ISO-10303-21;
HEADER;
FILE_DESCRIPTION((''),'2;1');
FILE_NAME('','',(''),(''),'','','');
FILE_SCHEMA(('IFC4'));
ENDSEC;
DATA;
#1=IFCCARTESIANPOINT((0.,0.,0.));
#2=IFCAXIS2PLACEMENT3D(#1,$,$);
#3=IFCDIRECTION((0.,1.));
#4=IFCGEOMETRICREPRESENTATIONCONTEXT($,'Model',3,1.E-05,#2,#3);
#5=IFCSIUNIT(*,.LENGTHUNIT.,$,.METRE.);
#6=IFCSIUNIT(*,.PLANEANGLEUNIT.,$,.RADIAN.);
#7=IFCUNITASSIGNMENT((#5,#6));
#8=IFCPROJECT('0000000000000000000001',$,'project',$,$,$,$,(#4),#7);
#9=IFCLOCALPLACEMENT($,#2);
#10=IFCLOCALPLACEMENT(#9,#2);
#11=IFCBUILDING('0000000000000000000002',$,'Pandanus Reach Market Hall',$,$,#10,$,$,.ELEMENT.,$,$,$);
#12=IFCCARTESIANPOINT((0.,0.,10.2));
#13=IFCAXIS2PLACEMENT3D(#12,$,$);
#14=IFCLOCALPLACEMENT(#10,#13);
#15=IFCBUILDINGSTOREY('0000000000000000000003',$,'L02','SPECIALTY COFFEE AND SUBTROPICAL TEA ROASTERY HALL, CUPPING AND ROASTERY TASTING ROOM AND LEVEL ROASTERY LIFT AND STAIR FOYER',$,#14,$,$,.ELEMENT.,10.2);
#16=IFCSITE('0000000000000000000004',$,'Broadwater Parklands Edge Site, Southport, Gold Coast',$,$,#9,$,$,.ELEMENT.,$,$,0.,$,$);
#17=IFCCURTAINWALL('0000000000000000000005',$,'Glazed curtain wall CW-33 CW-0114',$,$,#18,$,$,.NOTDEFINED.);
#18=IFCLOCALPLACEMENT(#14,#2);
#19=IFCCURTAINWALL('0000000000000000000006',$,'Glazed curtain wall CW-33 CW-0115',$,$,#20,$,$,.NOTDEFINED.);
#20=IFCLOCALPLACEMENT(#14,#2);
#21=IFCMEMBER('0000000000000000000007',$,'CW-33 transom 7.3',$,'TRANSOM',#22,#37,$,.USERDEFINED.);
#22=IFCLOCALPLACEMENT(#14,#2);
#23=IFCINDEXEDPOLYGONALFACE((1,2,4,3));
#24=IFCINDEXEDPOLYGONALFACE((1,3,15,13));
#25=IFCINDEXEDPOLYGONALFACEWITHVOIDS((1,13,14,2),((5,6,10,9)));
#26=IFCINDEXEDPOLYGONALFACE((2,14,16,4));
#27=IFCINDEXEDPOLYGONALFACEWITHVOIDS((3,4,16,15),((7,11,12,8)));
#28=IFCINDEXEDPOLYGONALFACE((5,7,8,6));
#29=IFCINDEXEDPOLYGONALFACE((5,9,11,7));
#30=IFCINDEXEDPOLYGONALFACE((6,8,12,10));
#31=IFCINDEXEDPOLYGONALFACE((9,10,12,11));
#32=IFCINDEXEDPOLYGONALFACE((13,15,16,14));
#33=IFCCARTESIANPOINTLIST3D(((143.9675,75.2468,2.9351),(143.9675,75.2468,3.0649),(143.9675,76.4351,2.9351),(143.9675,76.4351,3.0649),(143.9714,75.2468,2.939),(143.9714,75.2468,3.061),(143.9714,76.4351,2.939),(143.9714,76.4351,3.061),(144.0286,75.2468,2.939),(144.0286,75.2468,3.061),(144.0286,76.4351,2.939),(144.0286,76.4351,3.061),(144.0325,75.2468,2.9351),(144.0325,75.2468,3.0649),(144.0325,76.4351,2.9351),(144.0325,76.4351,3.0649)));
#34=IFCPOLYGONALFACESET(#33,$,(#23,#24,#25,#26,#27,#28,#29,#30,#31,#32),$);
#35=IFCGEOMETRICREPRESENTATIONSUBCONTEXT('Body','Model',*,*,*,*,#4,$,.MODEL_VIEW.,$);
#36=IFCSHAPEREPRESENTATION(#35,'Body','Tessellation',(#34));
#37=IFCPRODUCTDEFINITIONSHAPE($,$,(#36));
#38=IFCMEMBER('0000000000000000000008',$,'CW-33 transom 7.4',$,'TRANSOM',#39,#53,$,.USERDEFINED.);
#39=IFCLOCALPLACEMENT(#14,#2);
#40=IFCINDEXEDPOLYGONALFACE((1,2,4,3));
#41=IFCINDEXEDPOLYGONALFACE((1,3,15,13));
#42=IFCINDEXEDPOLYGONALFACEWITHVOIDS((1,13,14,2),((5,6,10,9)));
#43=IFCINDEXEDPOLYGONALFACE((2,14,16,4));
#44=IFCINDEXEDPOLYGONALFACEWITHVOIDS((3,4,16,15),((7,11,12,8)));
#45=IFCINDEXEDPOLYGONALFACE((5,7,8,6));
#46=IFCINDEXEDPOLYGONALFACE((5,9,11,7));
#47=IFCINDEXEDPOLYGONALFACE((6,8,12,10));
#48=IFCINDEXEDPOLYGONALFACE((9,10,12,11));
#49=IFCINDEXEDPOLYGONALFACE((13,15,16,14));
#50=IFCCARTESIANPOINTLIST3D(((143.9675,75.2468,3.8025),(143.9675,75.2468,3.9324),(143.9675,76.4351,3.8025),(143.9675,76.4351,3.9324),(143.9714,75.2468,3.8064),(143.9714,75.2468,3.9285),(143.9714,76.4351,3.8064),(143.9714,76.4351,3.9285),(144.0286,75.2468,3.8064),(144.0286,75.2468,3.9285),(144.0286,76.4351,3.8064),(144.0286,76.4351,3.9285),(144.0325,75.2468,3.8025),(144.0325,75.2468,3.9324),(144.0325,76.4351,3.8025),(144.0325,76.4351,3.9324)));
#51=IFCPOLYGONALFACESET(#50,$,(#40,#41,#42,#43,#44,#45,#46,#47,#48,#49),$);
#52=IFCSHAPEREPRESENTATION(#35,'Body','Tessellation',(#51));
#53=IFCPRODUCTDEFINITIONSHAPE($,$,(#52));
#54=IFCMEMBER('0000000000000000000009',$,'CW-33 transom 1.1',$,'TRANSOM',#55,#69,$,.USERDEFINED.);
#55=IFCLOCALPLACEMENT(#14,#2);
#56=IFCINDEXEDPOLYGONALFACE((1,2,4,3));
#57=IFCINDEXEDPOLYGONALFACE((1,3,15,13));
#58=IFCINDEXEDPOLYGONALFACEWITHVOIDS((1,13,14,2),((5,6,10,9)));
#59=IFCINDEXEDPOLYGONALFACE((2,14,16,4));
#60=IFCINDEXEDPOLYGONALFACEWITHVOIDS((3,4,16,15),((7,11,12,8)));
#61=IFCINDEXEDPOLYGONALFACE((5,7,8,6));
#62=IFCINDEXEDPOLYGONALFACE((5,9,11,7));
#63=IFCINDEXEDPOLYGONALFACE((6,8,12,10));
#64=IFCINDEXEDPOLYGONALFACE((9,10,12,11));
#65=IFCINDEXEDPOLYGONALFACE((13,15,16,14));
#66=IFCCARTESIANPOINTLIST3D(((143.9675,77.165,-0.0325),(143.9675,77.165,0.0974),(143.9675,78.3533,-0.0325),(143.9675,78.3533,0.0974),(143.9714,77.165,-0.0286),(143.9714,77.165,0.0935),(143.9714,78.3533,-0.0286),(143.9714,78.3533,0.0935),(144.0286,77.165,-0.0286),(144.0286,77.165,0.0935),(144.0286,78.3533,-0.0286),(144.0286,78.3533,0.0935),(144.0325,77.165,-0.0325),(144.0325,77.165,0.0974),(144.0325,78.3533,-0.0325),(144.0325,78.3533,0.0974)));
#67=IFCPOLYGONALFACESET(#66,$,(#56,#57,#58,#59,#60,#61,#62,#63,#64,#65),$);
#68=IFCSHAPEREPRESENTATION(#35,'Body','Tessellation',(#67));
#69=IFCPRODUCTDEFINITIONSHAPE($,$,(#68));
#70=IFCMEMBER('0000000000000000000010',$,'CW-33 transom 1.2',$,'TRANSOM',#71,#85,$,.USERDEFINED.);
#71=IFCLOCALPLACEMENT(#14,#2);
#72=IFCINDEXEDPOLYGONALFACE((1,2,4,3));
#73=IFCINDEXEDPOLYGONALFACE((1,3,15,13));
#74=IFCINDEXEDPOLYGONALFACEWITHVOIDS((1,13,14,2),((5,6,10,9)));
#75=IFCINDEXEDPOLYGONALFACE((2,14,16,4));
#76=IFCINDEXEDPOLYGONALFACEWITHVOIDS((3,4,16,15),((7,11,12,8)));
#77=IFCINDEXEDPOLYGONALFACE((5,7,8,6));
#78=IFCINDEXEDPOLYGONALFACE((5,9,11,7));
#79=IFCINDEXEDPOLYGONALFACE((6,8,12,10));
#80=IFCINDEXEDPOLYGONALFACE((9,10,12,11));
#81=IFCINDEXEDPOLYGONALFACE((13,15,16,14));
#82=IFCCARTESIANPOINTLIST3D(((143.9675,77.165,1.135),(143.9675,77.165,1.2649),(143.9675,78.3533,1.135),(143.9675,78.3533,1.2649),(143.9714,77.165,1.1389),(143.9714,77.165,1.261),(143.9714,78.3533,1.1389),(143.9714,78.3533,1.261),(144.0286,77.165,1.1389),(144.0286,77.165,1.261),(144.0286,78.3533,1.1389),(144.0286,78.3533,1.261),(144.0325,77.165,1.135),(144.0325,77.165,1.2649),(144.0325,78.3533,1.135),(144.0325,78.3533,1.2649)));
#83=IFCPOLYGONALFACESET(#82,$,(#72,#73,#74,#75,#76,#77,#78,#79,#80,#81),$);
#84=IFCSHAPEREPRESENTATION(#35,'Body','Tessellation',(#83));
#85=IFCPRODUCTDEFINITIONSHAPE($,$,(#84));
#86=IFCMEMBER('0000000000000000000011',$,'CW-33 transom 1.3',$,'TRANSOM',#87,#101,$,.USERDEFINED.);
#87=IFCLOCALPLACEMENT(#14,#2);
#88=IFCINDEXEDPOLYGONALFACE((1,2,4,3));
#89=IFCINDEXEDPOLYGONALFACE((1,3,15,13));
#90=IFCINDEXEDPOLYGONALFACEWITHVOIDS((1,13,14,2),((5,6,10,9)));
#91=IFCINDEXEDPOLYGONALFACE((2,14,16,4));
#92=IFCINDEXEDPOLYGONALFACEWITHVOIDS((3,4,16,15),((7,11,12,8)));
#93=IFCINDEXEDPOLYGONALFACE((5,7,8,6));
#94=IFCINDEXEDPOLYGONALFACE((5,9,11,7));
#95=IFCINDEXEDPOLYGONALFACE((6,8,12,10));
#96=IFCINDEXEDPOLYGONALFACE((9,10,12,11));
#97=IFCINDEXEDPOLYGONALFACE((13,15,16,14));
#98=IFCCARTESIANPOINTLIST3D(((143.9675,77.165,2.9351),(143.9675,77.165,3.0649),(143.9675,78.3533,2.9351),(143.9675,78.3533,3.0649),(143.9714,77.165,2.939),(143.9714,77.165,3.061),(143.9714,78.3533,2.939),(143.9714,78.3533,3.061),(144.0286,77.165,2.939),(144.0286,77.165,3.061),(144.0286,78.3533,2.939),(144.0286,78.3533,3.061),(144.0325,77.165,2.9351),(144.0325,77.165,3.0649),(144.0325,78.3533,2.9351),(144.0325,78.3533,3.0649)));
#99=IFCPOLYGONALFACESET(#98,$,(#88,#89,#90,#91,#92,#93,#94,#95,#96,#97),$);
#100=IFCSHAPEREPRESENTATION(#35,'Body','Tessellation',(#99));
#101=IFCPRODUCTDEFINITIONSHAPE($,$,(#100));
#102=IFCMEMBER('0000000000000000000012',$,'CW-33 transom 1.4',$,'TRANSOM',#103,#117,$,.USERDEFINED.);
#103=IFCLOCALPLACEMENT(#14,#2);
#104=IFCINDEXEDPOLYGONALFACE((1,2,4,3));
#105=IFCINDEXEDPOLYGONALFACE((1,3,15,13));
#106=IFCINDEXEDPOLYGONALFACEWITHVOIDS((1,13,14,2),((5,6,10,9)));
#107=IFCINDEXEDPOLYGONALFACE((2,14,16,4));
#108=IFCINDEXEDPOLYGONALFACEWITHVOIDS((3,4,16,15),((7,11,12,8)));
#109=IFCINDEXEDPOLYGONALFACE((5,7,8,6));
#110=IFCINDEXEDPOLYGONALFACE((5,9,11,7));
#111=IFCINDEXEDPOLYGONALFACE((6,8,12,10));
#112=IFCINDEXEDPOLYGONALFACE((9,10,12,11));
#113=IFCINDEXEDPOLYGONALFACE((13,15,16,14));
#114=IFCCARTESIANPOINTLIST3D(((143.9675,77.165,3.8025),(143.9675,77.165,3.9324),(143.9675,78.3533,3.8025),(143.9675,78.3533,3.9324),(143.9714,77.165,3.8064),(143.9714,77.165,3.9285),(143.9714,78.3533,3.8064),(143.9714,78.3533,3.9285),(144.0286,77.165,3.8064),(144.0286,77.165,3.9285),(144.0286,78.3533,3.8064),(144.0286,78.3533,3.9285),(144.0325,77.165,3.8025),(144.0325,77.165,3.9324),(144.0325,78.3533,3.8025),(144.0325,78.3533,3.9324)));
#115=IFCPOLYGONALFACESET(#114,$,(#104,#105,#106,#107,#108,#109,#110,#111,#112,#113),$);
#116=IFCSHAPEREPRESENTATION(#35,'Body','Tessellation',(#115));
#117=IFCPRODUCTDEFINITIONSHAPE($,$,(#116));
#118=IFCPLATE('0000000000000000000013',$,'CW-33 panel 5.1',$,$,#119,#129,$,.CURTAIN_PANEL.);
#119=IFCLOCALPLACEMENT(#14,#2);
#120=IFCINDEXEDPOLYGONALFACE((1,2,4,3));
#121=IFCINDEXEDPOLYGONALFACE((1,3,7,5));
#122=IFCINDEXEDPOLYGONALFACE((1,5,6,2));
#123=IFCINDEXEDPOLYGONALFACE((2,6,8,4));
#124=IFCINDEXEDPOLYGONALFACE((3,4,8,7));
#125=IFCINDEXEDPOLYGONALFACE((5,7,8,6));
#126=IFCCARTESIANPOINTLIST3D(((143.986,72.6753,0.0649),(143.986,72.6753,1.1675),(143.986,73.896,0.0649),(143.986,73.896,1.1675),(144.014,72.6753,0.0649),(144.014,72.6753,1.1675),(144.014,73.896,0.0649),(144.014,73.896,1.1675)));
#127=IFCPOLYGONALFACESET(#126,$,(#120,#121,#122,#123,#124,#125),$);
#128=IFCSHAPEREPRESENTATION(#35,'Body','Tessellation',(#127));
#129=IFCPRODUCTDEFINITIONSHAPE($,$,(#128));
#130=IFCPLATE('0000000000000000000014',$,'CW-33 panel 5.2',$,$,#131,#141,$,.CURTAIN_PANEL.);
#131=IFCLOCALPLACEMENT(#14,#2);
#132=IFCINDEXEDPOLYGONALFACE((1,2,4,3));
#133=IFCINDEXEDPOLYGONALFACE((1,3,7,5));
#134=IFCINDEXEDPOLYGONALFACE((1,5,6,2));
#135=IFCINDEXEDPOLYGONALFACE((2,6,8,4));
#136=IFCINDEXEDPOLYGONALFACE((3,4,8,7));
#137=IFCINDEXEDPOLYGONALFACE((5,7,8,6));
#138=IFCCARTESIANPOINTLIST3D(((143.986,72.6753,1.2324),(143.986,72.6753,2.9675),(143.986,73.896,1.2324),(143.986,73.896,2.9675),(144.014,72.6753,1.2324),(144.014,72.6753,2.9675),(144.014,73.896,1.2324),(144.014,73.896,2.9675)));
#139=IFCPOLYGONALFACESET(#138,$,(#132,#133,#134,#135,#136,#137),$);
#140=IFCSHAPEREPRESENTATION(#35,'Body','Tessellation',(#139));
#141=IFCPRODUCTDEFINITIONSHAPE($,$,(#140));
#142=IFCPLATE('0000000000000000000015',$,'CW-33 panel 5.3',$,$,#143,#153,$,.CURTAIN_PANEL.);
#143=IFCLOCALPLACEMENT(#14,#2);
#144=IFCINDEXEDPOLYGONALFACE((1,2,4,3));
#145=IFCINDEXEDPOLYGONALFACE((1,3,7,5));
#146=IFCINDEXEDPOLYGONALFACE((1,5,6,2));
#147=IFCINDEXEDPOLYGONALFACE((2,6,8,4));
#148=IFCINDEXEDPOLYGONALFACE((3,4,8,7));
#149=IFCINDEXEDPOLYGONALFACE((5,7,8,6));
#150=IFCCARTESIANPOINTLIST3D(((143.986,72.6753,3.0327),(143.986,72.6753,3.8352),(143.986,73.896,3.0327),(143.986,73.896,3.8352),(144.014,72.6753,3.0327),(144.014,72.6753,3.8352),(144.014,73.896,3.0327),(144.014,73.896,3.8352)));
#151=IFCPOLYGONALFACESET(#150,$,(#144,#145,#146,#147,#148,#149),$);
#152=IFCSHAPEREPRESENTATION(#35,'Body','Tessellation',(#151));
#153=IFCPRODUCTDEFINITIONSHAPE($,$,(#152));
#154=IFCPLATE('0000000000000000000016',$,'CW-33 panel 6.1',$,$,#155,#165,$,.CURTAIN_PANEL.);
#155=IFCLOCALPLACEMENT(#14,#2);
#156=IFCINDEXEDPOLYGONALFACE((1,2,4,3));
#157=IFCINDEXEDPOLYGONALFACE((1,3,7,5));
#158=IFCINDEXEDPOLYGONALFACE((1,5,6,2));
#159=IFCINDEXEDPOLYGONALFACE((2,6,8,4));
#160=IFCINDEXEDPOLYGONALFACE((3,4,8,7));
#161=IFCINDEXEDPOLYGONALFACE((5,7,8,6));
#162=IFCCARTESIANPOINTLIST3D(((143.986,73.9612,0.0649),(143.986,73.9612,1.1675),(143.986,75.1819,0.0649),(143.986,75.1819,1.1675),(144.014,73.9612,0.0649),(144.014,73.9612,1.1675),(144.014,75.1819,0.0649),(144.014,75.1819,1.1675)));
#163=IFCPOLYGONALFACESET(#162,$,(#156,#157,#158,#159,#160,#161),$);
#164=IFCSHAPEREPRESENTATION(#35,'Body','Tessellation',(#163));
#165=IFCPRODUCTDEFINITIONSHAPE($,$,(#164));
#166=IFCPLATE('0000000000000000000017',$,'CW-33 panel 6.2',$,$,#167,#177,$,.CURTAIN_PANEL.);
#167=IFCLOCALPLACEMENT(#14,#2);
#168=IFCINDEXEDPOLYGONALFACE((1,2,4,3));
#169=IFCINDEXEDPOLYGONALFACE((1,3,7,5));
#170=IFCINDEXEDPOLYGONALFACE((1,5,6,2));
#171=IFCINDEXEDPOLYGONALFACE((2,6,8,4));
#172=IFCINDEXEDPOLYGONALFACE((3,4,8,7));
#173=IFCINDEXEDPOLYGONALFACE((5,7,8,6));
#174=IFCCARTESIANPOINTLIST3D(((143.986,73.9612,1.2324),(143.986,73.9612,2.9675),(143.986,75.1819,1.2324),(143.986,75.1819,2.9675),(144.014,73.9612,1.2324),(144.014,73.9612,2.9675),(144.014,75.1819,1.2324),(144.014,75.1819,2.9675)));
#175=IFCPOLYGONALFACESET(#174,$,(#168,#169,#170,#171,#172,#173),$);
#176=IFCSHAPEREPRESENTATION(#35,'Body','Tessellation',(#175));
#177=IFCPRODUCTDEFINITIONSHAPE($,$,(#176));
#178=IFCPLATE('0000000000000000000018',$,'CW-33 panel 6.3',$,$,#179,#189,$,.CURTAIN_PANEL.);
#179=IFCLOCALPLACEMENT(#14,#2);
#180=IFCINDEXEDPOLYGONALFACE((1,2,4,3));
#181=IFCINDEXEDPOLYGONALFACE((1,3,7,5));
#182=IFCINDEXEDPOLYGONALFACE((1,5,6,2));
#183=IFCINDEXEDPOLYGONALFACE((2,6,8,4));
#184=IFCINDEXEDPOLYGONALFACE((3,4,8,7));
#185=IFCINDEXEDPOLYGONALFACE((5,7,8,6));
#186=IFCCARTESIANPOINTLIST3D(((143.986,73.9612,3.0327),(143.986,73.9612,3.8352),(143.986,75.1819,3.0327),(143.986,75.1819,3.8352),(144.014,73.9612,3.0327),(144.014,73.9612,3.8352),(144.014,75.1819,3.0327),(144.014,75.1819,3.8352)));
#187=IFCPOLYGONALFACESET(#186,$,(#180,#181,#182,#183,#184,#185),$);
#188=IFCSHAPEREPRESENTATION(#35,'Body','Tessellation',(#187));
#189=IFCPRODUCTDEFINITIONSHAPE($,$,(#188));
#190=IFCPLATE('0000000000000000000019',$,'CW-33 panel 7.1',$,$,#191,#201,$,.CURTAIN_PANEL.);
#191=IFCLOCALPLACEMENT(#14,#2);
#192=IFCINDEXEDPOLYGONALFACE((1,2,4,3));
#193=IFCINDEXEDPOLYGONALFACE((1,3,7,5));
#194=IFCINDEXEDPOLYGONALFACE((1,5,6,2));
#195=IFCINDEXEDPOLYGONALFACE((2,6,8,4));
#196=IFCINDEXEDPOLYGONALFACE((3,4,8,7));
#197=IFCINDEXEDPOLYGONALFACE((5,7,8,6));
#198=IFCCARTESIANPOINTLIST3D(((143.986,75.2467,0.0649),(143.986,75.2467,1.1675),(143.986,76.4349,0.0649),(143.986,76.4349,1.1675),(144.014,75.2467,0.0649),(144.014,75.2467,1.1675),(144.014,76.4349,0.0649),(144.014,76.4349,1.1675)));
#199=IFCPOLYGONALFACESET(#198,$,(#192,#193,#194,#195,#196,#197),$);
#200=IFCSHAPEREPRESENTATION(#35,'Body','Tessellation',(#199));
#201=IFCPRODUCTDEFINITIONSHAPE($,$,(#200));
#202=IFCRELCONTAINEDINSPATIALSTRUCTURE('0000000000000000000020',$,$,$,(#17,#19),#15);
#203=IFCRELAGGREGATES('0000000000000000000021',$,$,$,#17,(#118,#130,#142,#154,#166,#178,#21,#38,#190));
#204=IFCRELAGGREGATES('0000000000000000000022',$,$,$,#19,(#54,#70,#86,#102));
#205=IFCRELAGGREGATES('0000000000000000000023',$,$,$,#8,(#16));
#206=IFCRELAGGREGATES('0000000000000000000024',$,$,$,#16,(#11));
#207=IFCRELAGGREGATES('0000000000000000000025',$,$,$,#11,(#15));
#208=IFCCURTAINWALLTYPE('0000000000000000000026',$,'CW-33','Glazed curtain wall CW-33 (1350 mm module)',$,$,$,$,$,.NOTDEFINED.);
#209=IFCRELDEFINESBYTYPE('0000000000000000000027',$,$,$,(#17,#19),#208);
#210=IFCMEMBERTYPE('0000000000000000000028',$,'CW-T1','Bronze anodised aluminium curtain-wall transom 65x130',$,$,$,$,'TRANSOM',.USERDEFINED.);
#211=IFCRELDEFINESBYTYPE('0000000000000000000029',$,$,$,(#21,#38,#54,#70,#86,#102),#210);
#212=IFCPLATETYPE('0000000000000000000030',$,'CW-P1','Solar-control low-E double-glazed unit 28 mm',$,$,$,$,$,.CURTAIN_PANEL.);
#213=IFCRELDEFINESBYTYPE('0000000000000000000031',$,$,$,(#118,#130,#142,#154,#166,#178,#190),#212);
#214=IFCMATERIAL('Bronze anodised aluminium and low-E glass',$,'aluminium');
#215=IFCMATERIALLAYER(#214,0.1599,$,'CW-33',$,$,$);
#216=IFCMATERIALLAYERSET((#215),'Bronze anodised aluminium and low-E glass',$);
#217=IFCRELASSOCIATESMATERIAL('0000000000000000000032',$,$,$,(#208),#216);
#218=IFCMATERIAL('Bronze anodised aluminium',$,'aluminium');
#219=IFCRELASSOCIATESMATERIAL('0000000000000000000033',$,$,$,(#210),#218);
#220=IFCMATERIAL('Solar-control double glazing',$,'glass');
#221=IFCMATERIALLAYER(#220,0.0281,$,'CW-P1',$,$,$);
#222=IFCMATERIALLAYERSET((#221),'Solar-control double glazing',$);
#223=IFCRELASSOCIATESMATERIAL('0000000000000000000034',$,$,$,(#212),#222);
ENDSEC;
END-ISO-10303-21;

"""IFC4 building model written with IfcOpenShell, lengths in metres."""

from ifc_helpers import new_model, si_unit, direction, frame, origin, origin_2d, place, context, subcontext, project, spatial, rectangle, hollow_rectangle, extrude, material, layer, layer_set, material_profile, profile_set, type_object, element, aggregate, save


model = new_model("IFC4")

# Units and contexts
model_context = context("Model", 3, precision=1e-05, world=origin(), true_north=direction((0.0, 1.0)))
body_context = subcontext(model_context, "Body", "Model", "MODEL_VIEW")
ifc_project = project(units=[si_unit("LENGTHUNIT", "METRE"), si_unit("PLANEANGLEUNIT", "RADIAN")], contexts=[model_context])

# Site, building, storey
site_placement = place(None, origin())
site = spatial("IfcSite", under=ifc_project, at=site_placement, Name="Broadwater Parklands Edge Site, Southport, Gold Coast", CompositionType="ELEMENT", RefElevation=0.0)
building_placement = place(site_placement, origin())
building = spatial("IfcBuilding", under=site, at=building_placement, Name="Pandanus Reach Market Hall", CompositionType="ELEMENT")
storey_placement = place(building_placement, frame((0.0, 0.0, 10.2)))
storey = spatial("IfcBuildingStorey", under=building, at=storey_placement, Name="L02", Description="SPECIALTY COFFEE AND SUBTROPICAL TEA ROASTERY HALL, CUPPING AND ROASTERY TASTING ROOM AND LEVEL ROASTERY LIFT AND STAIR FOYER", CompositionType="ELEMENT", Elevation=10.2)

# Curtain wall
ifc_material_1 = material(Name="Bronze anodised aluminium and low-E glass", Category="aluminium")
ifc_layer_1 = layer(ifc_material_1, 0.1599, Name="CW-33")
ifc_layer_set_1 = layer_set([ifc_layer_1], Name="Bronze anodised aluminium and low-E glass")
curtain_wall_type = type_object("IfcCurtainWallType", Name="CW-33", Description="Glazed curtain wall CW-33 (1350 mm module)", PredefinedType="NOTDEFINED", material=ifc_layer_set_1)
curtain_wall_1_placement = place(storey_placement, origin())
curtain_wall_1 = element("IfcCurtainWall", 1, at=curtain_wall_1_placement, inside=storey, type_object=curtain_wall_type, Name="Glazed curtain wall CW-33 CW-0114", PredefinedType="NOTDEFINED")
ifc_material_2 = material(Name="Bronze anodised aluminium", Category="aluminium")

# Curtain wall
curtain_wall_2_placement = place(storey_placement, origin())
curtain_wall_2 = element("IfcCurtainWall", 2, at=curtain_wall_2_placement, inside=storey, type_object=curtain_wall_type, Name="Glazed curtain wall CW-33 CW-0115", PredefinedType="NOTDEFINED")

# Members
ifc_material_profile_1 = material_profile(ifc_material_2, hollow_rectangle(XDim=0.0649, YDim=0.1299, WallThickness=0.0039, at=origin_2d()), Name="ALU65x130", Category="LoadBearing")
ifc_profile_set_1 = profile_set([ifc_material_profile_1], Name="Bronze anodised aluminium")
member_type_1 = type_object("IfcMemberType", Name="CW-T1", Description="Bronze anodised aluminium curtain-wall transom 65x130", ElementType="TRANSOM", PredefinedType="USERDEFINED", material=ifc_profile_set_1)
member_1_placement = place(storey_placement, frame((144.0, 75.2468, 3.0), z_axis=(0.0, 1.0, 0.0), x_axis=(-1.0, 0.0, 0.0)))
member_1 = element("IfcMember", 3, at=member_1_placement, type_object=member_type_1, Name="CW-33 transom 7.3", ObjectType="TRANSOM", PredefinedType="USERDEFINED", context=body_context, shape_type="SweptSolid", body=[
    extrude(hollow_rectangle(XDim=0.0649, YDim=0.1299, WallThickness=0.0039, at=origin_2d()), origin(), (0.0, 0.0, 1.0), 1.1882),
])
member_2_placement = place(storey_placement, frame((144.0, 75.2468, 3.8674), z_axis=(0.0, 1.0, 0.0), x_axis=(-1.0, 0.0, 0.0)))
member_2 = element("IfcMember", 4, at=member_2_placement, type_object=member_type_1, Name="CW-33 transom 7.4", ObjectType="TRANSOM", PredefinedType="USERDEFINED", context=body_context, shape_type="SweptSolid", body=[
    extrude(hollow_rectangle(XDim=0.0649, YDim=0.1299, WallThickness=0.0039, at=origin_2d()), origin(), (0.0, 0.0, 1.0), 1.1882),
])
member_3_placement = place(storey_placement, frame((144.0, 77.165, 0.0325), z_axis=(0.0, 1.0, 0.0), x_axis=(-1.0, 0.0, 0.0)))
member_3 = element("IfcMember", 5, at=member_3_placement, type_object=member_type_1, Name="CW-33 transom 1.1", ObjectType="TRANSOM", PredefinedType="USERDEFINED", context=body_context, shape_type="SweptSolid", body=[
    extrude(hollow_rectangle(XDim=0.0649, YDim=0.1299, WallThickness=0.0039, at=origin_2d()), origin(), (0.0, 0.0, 1.0), 1.1882),
])
member_4_placement = place(storey_placement, frame((144.0, 77.165, 1.2), z_axis=(0.0, 1.0, 0.0), x_axis=(-1.0, 0.0, 0.0)))
member_4 = element("IfcMember", 6, at=member_4_placement, type_object=member_type_1, Name="CW-33 transom 1.2", ObjectType="TRANSOM", PredefinedType="USERDEFINED", context=body_context, shape_type="SweptSolid", body=[
    extrude(hollow_rectangle(XDim=0.0649, YDim=0.1299, WallThickness=0.0039, at=origin_2d()), origin(), (0.0, 0.0, 1.0), 1.1882),
])
member_5_placement = place(storey_placement, frame((144.0, 77.165, 3.0), z_axis=(0.0, 1.0, 0.0), x_axis=(-1.0, 0.0, 0.0)))
member_5 = element("IfcMember", 7, at=member_5_placement, type_object=member_type_1, Name="CW-33 transom 1.3", ObjectType="TRANSOM", PredefinedType="USERDEFINED", context=body_context, shape_type="SweptSolid", body=[
    extrude(hollow_rectangle(XDim=0.0649, YDim=0.1299, WallThickness=0.0039, at=origin_2d()), origin(), (0.0, 0.0, 1.0), 1.1882),
])
member_6_placement = place(storey_placement, frame((144.0, 77.165, 3.8674), z_axis=(0.0, 1.0, 0.0), x_axis=(-1.0, 0.0, 0.0)))
member_6 = element("IfcMember", 8, at=member_6_placement, type_object=member_type_1, Name="CW-33 transom 1.4", ObjectType="TRANSOM", PredefinedType="USERDEFINED", context=body_context, shape_type="SweptSolid", body=[
    extrude(hollow_rectangle(XDim=0.0649, YDim=0.1299, WallThickness=0.0039, at=origin_2d()), origin(), (0.0, 0.0, 1.0), 1.1882),
])

# Plates
ifc_material_3 = material(Name="Solar-control double glazing", Category="glass")
ifc_layer_2 = layer(ifc_material_3, 0.0281, Name="CW-P1")
ifc_layer_set_2 = layer_set([ifc_layer_2], Name="Solar-control double glazing")
plate_type = type_object("IfcPlateType", Name="CW-P1", Description="Solar-control low-E double-glazed unit 28 mm", PredefinedType="CURTAIN_PANEL", material=ifc_layer_set_2)
plate_1_placement = place(storey_placement, frame((144.0, 73.2856, 0.0649), z_axis=(0.0, 0.0, 1.0), x_axis=(0.0, 1.0, 0.0)))
plate_1 = element("IfcPlate", 9, at=plate_1_placement, type_object=plate_type, Name="CW-33 panel 5.1", PredefinedType="CURTAIN_PANEL", context=body_context, shape_type="SweptSolid", body=[
    extrude(rectangle(XDim=1.2207, YDim=0.0281, at=origin_2d()), origin(), (0.0, 0.0, 1.0), 1.1025),
])
plate_2_placement = place(storey_placement, frame((144.0, 73.2856, 1.2324), z_axis=(0.0, 0.0, 1.0), x_axis=(0.0, 1.0, 0.0)))
plate_2 = element("IfcPlate", 10, at=plate_2_placement, type_object=plate_type, Name="CW-33 panel 5.2", PredefinedType="CURTAIN_PANEL", context=body_context, shape_type="SweptSolid", body=[
    extrude(rectangle(XDim=1.2207, YDim=0.0281, at=origin_2d()), origin(), (0.0, 0.0, 1.0), 1.7351),
])
plate_3_placement = place(storey_placement, frame((144.0, 73.2856, 3.0327), z_axis=(0.0, 0.0, 1.0), x_axis=(0.0, 1.0, 0.0)))
plate_3 = element("IfcPlate", 11, at=plate_3_placement, type_object=plate_type, Name="CW-33 panel 5.3", PredefinedType="CURTAIN_PANEL", context=body_context, shape_type="SweptSolid", body=[
    extrude(rectangle(XDim=1.2207, YDim=0.0281, at=origin_2d()), origin(), (0.0, 0.0, 1.0), 0.8025),
])
plate_4_placement = place(storey_placement, frame((144.0, 74.5715, 0.0649), z_axis=(0.0, 0.0, 1.0), x_axis=(0.0, 1.0, 0.0)))
plate_4 = element("IfcPlate", 12, at=plate_4_placement, type_object=plate_type, Name="CW-33 panel 6.1", PredefinedType="CURTAIN_PANEL", context=body_context, shape_type="SweptSolid", body=[
    extrude(rectangle(XDim=1.2207, YDim=0.0281, at=origin_2d()), origin(), (0.0, 0.0, 1.0), 1.1025),
])
plate_5_placement = place(storey_placement, frame((144.0, 74.5715, 1.2324), z_axis=(0.0, 0.0, 1.0), x_axis=(0.0, 1.0, 0.0)))
plate_5 = element("IfcPlate", 13, at=plate_5_placement, type_object=plate_type, Name="CW-33 panel 6.2", PredefinedType="CURTAIN_PANEL", context=body_context, shape_type="SweptSolid", body=[
    extrude(rectangle(XDim=1.2207, YDim=0.0281, at=origin_2d()), origin(), (0.0, 0.0, 1.0), 1.7351),
])
plate_6_placement = place(storey_placement, frame((144.0, 74.5715, 3.0327), z_axis=(0.0, 0.0, 1.0), x_axis=(0.0, 1.0, 0.0)))
plate_6 = element("IfcPlate", 14, at=plate_6_placement, type_object=plate_type, Name="CW-33 panel 6.3", PredefinedType="CURTAIN_PANEL", context=body_context, shape_type="SweptSolid", body=[
    extrude(rectangle(XDim=1.2207, YDim=0.0281, at=origin_2d()), origin(), (0.0, 0.0, 1.0), 0.8025),
])
plate_7_placement = place(storey_placement, frame((144.0, 75.8408, 0.0649), z_axis=(0.0, 0.0, 1.0), x_axis=(0.0, 1.0, 0.0)))
plate_7 = element("IfcPlate", 15, at=plate_7_placement, type_object=plate_type, Name="CW-33 panel 7.1", PredefinedType="CURTAIN_PANEL", context=body_context, shape_type="SweptSolid", body=[
    extrude(rectangle(XDim=1.1882, YDim=0.0281, at=origin_2d()), origin(), (0.0, 0.0, 1.0), 1.1025),
])
aggregate(curtain_wall_1, [plate_1, plate_2, plate_3, plate_4, plate_5, plate_6, member_1, member_2, plate_7])
aggregate(curtain_wall_2, [member_3, member_4, member_5, member_6])

save(model, "model.ifc")
